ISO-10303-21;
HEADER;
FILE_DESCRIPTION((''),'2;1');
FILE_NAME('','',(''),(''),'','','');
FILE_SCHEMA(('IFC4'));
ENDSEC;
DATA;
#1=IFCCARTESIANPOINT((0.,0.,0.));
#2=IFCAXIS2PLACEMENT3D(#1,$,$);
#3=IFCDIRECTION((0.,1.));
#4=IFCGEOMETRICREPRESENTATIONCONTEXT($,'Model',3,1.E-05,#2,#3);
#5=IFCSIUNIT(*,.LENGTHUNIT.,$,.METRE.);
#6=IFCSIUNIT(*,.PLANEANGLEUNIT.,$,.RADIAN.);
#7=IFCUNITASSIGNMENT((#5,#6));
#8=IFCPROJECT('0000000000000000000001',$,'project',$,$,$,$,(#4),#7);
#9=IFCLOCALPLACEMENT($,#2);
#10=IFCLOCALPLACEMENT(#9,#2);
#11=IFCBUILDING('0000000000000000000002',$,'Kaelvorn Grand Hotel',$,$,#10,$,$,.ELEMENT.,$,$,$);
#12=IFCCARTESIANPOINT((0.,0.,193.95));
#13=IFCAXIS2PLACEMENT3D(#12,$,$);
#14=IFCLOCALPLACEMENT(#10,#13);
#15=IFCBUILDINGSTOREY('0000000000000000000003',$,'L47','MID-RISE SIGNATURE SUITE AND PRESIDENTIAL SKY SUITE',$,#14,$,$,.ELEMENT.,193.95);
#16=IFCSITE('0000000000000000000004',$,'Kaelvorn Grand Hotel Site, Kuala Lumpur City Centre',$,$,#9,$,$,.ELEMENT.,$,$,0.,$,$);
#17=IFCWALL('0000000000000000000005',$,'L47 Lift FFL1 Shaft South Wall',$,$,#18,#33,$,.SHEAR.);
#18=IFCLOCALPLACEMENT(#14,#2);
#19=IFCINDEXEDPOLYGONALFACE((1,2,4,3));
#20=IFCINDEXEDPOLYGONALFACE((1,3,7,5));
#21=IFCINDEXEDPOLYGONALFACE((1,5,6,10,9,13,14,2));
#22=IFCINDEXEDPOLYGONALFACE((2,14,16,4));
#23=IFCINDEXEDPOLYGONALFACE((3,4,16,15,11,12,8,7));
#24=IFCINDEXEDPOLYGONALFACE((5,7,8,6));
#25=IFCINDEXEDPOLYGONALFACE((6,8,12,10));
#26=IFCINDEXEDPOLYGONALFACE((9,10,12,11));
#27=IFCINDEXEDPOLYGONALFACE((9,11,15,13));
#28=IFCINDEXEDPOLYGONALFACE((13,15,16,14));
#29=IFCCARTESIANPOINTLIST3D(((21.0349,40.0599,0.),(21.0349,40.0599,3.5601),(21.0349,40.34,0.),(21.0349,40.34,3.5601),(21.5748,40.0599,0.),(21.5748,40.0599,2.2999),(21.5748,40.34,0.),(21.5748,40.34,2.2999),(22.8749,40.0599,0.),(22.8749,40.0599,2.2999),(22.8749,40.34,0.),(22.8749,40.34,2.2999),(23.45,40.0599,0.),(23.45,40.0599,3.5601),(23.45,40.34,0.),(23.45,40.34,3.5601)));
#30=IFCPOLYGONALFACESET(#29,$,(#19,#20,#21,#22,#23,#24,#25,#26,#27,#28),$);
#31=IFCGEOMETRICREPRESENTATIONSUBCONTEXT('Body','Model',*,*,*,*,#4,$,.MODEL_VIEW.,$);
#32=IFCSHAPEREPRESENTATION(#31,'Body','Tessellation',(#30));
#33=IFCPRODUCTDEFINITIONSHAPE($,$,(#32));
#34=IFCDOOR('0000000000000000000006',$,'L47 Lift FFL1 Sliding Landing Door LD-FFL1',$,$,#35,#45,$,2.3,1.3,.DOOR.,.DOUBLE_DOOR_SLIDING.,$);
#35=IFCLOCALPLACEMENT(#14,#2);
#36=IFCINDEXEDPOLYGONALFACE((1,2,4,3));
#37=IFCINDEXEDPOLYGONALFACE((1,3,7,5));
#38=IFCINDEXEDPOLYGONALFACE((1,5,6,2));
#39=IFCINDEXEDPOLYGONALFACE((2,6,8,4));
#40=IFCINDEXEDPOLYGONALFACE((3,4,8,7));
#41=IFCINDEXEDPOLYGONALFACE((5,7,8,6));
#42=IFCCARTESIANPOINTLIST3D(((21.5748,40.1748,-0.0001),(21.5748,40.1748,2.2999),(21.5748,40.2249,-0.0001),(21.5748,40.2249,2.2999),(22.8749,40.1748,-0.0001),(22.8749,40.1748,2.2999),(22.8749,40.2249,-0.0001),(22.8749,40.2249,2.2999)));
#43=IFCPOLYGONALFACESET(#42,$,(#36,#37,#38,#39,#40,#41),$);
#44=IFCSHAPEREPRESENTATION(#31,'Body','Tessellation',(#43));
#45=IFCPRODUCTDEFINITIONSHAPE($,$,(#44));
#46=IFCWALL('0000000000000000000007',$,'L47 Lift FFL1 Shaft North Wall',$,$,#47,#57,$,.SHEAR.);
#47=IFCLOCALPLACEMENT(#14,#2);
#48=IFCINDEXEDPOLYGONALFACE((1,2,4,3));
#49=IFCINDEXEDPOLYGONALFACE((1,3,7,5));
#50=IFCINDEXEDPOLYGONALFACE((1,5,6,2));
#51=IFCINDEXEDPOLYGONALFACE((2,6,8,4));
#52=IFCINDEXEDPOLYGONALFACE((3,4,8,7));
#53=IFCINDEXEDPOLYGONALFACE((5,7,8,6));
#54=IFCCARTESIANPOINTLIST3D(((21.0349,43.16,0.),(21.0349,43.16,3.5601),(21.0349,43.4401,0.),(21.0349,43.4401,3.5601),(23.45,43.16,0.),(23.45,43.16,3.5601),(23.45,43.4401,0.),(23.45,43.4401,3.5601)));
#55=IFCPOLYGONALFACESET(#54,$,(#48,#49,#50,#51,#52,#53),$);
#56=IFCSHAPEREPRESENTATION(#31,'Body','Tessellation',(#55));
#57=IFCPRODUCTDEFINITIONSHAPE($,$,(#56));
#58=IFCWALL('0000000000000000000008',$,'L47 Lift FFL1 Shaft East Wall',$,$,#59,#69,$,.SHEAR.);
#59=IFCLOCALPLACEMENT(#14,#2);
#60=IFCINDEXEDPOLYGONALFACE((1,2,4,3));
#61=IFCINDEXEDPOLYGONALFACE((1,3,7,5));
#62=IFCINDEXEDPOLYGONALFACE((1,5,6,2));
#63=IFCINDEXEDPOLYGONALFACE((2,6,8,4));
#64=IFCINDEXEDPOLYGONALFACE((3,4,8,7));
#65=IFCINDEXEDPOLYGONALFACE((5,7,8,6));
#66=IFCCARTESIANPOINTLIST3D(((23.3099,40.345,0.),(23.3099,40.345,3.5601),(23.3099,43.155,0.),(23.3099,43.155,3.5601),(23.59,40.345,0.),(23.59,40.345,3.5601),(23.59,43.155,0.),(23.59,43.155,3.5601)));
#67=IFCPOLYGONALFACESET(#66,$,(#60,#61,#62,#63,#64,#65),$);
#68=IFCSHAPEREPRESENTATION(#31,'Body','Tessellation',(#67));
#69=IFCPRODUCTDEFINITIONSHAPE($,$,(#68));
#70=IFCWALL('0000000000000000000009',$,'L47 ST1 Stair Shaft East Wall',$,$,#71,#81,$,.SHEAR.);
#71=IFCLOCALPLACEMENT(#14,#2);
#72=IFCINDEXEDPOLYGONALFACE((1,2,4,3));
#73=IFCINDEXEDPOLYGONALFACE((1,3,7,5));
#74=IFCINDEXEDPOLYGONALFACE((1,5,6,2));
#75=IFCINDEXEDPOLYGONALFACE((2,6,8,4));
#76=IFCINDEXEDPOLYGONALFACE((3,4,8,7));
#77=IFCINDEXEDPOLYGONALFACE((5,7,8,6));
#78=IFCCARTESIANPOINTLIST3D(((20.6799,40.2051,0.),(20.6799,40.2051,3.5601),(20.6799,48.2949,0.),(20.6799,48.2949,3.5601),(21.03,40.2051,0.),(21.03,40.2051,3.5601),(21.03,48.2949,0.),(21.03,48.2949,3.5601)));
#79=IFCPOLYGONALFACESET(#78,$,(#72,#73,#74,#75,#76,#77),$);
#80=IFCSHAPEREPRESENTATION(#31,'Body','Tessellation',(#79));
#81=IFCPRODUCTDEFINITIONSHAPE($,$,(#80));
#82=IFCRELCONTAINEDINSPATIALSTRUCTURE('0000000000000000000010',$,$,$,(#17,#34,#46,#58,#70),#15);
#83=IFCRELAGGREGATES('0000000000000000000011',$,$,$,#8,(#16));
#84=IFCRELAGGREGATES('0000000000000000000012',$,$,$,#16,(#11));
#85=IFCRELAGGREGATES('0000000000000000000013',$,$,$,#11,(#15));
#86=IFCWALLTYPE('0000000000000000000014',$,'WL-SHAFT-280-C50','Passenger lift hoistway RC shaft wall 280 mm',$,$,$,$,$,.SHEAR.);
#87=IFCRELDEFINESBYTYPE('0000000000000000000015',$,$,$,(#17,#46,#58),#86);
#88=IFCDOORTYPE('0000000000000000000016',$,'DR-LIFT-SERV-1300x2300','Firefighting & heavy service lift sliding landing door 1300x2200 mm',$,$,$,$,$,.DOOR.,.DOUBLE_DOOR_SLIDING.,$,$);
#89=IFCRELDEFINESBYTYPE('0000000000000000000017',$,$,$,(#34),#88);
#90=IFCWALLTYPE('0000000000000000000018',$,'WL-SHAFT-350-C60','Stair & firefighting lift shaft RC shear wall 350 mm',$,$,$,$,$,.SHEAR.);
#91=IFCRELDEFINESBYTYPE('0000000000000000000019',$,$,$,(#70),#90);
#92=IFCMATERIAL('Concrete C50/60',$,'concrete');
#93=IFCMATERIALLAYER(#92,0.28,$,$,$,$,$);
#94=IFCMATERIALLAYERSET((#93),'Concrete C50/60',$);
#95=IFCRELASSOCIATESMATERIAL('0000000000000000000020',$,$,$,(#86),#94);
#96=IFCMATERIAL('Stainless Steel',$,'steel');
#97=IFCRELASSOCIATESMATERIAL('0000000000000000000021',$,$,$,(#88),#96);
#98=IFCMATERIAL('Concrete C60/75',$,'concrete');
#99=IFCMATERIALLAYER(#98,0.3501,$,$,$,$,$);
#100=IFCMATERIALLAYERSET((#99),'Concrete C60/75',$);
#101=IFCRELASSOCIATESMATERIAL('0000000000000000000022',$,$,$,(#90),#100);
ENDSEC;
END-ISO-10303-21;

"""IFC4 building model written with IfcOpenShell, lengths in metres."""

from ifc_helpers import new_model, si_unit, direction, frame, frame_2d, origin, place, context, subcontext, project, spatial, rectangle, extrude, material, layer, layer_set, type_object, element, fill, save


model = new_model("IFC4")

# Units and contexts
model_context = context("Model", 3, precision=1e-05, world=origin(), true_north=direction((0.0, 1.0)))
body_context = subcontext(model_context, "Body", "Model", "MODEL_VIEW")
ifc_project = project(units=[si_unit("LENGTHUNIT", "METRE"), si_unit("PLANEANGLEUNIT", "RADIAN")], contexts=[model_context])

# Site, building, storey
site_placement = place(None, origin())
site = spatial("IfcSite", under=ifc_project, at=site_placement, Name="Kaelvorn Grand Hotel Site, Kuala Lumpur City Centre", CompositionType="ELEMENT", RefElevation=0.0)
building_placement = place(site_placement, origin())
building = spatial("IfcBuilding", under=site, at=building_placement, Name="Kaelvorn Grand Hotel", CompositionType="ELEMENT")
storey_placement = place(building_placement, frame((0.0, 0.0, 193.95)))
storey = spatial("IfcBuildingStorey", under=building, at=storey_placement, Name="L47", Description="MID-RISE SIGNATURE SUITE AND PRESIDENTIAL SKY SUITE", CompositionType="ELEMENT", Elevation=193.95)

# Shared definitions
ifc_material_1 = material(Name="Concrete C60/75", Category="concrete")

# Shared definitions
ifc_material_2 = material(Name="Concrete C50/60", Category="concrete")

# Wall, opening, door
ifc_layer_1 = layer(ifc_material_2, 0.28)
ifc_layer_set_1 = layer_set([ifc_layer_1], Name="Concrete C50/60")
wall_type_1 = type_object("IfcWallType", Name="WL-SHAFT-280-C50", Description="Passenger lift hoistway RC shaft wall 280 mm", PredefinedType="SHEAR", material=ifc_layer_set_1)
wall_1_placement = place(storey_placement, frame((21.0349, 40.2, 0.0), z_axis=(0.0, 0.0, 1.0), x_axis=(1.0, 0.0, 0.0)))
wall_1 = element("IfcWall", 1, at=wall_1_placement, inside=storey, type_object=wall_type_1, Name="L47 Lift FFL1 Shaft South Wall", PredefinedType="SHEAR", context=body_context, shape_type="SweptSolid", body=[
    extrude(rectangle(XDim=2.415, YDim=0.28, at=frame_2d((1.2075, 0.0))), origin(), (0.0, 0.0, 1.0), 3.5601),
])
opening_1_placement = place(wall_1_placement, frame((0.54, 0.0, 0.0)))
opening_1 = element("IfcOpeningElement", 2, at=opening_1_placement, cuts=wall_1, PredefinedType="OPENING", context=body_context, shape_type="SweptSolid", body=[
    extrude(rectangle(XDim=1.3, YDim=2.3, at=frame_2d((0.6499, 1.1499))), frame((0.0, 0.1499, 0.0), z_axis=(0.0, -1.0, 0.0), x_axis=(1.0, 0.0, 0.0)), (0.0, 0.0, 1.0), 0.3),
])
ifc_material_3 = material(Name="Stainless Steel", Category="steel")
door_type_1 = type_object("IfcDoorType", Name="DR-LIFT-SERV-1300x2300", Description="Firefighting & heavy service lift sliding landing door 1300x2200 mm", OperationType="DOUBLE_DOOR_SLIDING", PredefinedType="DOOR", material=ifc_material_3)
door_1_placement = place(opening_1_placement, origin())
door_1 = element("IfcDoor", 3, at=door_1_placement, inside=storey, type_object=door_type_1, Name="L47 Lift FFL1 Sliding Landing Door LD-FFL1", OperationType="DOUBLE_DOOR_SLIDING", OverallHeight=2.3, OverallWidth=1.3, PredefinedType="DOOR", context=body_context, shape_type="SweptSolid", body=[
    extrude(rectangle(XDim=1.3, YDim=2.3, at=frame_2d((0.6499, 1.1499))), frame((0.0, 0.0249, 0.0), z_axis=(0.0, -1.0, 0.0), x_axis=(1.0, 0.0, 0.0)), (0.0, 0.0, 1.0), 0.05),
])
fill(opening_1, door_1)

# Walls
wall_2_placement = place(storey_placement, frame((21.0349, 43.3, 0.0), z_axis=(0.0, 0.0, 1.0), x_axis=(1.0, 0.0, 0.0)))
element("IfcWall", 4, at=wall_2_placement, inside=storey, type_object=wall_type_1, Name="L47 Lift FFL1 Shaft North Wall", PredefinedType="SHEAR", context=body_context, shape_type="SweptSolid", body=[
    extrude(rectangle(XDim=2.415, YDim=0.28, at=frame_2d((1.2075, 0.0))), origin(), (0.0, 0.0, 1.0), 3.5601),
])
wall_3_placement = place(storey_placement, frame((23.45, 40.345, 0.0), z_axis=(0.0, 0.0, 1.0), x_axis=(0.0, 1.0, 0.0)))
element("IfcWall", 5, at=wall_3_placement, inside=storey, type_object=wall_type_1, Name="L47 Lift FFL1 Shaft East Wall", PredefinedType="SHEAR", context=body_context, shape_type="SweptSolid", body=[
    extrude(rectangle(XDim=2.8101, YDim=0.28, at=frame_2d((1.405, 0.0))), origin(), (0.0, 0.0, 1.0), 3.5601),
])
ifc_layer_2 = layer(ifc_material_1, 0.3501)
ifc_layer_set_2 = layer_set([ifc_layer_2], Name="Concrete C60/75")
wall_type_2 = type_object("IfcWallType", Name="WL-SHAFT-350-C60", Description="Stair & firefighting lift shaft RC shear wall 350 mm", PredefinedType="SHEAR", material=ifc_layer_set_2)
wall_4_placement = place(storey_placement, frame((20.855, 40.2051, 0.0), z_axis=(0.0, 0.0, 1.0), x_axis=(0.0, 1.0, 0.0)))
element("IfcWall", 6, at=wall_4_placement, inside=storey, type_object=wall_type_2, Name="L47 ST1 Stair Shaft East Wall", PredefinedType="SHEAR", context=body_context, shape_type="SweptSolid", body=[
    extrude(rectangle(XDim=8.0898, YDim=0.3501, at=frame_2d((4.0449, 0.0))), origin(), (0.0, 0.0, 1.0), 3.5601),
])

save(model, "model.ifc")
